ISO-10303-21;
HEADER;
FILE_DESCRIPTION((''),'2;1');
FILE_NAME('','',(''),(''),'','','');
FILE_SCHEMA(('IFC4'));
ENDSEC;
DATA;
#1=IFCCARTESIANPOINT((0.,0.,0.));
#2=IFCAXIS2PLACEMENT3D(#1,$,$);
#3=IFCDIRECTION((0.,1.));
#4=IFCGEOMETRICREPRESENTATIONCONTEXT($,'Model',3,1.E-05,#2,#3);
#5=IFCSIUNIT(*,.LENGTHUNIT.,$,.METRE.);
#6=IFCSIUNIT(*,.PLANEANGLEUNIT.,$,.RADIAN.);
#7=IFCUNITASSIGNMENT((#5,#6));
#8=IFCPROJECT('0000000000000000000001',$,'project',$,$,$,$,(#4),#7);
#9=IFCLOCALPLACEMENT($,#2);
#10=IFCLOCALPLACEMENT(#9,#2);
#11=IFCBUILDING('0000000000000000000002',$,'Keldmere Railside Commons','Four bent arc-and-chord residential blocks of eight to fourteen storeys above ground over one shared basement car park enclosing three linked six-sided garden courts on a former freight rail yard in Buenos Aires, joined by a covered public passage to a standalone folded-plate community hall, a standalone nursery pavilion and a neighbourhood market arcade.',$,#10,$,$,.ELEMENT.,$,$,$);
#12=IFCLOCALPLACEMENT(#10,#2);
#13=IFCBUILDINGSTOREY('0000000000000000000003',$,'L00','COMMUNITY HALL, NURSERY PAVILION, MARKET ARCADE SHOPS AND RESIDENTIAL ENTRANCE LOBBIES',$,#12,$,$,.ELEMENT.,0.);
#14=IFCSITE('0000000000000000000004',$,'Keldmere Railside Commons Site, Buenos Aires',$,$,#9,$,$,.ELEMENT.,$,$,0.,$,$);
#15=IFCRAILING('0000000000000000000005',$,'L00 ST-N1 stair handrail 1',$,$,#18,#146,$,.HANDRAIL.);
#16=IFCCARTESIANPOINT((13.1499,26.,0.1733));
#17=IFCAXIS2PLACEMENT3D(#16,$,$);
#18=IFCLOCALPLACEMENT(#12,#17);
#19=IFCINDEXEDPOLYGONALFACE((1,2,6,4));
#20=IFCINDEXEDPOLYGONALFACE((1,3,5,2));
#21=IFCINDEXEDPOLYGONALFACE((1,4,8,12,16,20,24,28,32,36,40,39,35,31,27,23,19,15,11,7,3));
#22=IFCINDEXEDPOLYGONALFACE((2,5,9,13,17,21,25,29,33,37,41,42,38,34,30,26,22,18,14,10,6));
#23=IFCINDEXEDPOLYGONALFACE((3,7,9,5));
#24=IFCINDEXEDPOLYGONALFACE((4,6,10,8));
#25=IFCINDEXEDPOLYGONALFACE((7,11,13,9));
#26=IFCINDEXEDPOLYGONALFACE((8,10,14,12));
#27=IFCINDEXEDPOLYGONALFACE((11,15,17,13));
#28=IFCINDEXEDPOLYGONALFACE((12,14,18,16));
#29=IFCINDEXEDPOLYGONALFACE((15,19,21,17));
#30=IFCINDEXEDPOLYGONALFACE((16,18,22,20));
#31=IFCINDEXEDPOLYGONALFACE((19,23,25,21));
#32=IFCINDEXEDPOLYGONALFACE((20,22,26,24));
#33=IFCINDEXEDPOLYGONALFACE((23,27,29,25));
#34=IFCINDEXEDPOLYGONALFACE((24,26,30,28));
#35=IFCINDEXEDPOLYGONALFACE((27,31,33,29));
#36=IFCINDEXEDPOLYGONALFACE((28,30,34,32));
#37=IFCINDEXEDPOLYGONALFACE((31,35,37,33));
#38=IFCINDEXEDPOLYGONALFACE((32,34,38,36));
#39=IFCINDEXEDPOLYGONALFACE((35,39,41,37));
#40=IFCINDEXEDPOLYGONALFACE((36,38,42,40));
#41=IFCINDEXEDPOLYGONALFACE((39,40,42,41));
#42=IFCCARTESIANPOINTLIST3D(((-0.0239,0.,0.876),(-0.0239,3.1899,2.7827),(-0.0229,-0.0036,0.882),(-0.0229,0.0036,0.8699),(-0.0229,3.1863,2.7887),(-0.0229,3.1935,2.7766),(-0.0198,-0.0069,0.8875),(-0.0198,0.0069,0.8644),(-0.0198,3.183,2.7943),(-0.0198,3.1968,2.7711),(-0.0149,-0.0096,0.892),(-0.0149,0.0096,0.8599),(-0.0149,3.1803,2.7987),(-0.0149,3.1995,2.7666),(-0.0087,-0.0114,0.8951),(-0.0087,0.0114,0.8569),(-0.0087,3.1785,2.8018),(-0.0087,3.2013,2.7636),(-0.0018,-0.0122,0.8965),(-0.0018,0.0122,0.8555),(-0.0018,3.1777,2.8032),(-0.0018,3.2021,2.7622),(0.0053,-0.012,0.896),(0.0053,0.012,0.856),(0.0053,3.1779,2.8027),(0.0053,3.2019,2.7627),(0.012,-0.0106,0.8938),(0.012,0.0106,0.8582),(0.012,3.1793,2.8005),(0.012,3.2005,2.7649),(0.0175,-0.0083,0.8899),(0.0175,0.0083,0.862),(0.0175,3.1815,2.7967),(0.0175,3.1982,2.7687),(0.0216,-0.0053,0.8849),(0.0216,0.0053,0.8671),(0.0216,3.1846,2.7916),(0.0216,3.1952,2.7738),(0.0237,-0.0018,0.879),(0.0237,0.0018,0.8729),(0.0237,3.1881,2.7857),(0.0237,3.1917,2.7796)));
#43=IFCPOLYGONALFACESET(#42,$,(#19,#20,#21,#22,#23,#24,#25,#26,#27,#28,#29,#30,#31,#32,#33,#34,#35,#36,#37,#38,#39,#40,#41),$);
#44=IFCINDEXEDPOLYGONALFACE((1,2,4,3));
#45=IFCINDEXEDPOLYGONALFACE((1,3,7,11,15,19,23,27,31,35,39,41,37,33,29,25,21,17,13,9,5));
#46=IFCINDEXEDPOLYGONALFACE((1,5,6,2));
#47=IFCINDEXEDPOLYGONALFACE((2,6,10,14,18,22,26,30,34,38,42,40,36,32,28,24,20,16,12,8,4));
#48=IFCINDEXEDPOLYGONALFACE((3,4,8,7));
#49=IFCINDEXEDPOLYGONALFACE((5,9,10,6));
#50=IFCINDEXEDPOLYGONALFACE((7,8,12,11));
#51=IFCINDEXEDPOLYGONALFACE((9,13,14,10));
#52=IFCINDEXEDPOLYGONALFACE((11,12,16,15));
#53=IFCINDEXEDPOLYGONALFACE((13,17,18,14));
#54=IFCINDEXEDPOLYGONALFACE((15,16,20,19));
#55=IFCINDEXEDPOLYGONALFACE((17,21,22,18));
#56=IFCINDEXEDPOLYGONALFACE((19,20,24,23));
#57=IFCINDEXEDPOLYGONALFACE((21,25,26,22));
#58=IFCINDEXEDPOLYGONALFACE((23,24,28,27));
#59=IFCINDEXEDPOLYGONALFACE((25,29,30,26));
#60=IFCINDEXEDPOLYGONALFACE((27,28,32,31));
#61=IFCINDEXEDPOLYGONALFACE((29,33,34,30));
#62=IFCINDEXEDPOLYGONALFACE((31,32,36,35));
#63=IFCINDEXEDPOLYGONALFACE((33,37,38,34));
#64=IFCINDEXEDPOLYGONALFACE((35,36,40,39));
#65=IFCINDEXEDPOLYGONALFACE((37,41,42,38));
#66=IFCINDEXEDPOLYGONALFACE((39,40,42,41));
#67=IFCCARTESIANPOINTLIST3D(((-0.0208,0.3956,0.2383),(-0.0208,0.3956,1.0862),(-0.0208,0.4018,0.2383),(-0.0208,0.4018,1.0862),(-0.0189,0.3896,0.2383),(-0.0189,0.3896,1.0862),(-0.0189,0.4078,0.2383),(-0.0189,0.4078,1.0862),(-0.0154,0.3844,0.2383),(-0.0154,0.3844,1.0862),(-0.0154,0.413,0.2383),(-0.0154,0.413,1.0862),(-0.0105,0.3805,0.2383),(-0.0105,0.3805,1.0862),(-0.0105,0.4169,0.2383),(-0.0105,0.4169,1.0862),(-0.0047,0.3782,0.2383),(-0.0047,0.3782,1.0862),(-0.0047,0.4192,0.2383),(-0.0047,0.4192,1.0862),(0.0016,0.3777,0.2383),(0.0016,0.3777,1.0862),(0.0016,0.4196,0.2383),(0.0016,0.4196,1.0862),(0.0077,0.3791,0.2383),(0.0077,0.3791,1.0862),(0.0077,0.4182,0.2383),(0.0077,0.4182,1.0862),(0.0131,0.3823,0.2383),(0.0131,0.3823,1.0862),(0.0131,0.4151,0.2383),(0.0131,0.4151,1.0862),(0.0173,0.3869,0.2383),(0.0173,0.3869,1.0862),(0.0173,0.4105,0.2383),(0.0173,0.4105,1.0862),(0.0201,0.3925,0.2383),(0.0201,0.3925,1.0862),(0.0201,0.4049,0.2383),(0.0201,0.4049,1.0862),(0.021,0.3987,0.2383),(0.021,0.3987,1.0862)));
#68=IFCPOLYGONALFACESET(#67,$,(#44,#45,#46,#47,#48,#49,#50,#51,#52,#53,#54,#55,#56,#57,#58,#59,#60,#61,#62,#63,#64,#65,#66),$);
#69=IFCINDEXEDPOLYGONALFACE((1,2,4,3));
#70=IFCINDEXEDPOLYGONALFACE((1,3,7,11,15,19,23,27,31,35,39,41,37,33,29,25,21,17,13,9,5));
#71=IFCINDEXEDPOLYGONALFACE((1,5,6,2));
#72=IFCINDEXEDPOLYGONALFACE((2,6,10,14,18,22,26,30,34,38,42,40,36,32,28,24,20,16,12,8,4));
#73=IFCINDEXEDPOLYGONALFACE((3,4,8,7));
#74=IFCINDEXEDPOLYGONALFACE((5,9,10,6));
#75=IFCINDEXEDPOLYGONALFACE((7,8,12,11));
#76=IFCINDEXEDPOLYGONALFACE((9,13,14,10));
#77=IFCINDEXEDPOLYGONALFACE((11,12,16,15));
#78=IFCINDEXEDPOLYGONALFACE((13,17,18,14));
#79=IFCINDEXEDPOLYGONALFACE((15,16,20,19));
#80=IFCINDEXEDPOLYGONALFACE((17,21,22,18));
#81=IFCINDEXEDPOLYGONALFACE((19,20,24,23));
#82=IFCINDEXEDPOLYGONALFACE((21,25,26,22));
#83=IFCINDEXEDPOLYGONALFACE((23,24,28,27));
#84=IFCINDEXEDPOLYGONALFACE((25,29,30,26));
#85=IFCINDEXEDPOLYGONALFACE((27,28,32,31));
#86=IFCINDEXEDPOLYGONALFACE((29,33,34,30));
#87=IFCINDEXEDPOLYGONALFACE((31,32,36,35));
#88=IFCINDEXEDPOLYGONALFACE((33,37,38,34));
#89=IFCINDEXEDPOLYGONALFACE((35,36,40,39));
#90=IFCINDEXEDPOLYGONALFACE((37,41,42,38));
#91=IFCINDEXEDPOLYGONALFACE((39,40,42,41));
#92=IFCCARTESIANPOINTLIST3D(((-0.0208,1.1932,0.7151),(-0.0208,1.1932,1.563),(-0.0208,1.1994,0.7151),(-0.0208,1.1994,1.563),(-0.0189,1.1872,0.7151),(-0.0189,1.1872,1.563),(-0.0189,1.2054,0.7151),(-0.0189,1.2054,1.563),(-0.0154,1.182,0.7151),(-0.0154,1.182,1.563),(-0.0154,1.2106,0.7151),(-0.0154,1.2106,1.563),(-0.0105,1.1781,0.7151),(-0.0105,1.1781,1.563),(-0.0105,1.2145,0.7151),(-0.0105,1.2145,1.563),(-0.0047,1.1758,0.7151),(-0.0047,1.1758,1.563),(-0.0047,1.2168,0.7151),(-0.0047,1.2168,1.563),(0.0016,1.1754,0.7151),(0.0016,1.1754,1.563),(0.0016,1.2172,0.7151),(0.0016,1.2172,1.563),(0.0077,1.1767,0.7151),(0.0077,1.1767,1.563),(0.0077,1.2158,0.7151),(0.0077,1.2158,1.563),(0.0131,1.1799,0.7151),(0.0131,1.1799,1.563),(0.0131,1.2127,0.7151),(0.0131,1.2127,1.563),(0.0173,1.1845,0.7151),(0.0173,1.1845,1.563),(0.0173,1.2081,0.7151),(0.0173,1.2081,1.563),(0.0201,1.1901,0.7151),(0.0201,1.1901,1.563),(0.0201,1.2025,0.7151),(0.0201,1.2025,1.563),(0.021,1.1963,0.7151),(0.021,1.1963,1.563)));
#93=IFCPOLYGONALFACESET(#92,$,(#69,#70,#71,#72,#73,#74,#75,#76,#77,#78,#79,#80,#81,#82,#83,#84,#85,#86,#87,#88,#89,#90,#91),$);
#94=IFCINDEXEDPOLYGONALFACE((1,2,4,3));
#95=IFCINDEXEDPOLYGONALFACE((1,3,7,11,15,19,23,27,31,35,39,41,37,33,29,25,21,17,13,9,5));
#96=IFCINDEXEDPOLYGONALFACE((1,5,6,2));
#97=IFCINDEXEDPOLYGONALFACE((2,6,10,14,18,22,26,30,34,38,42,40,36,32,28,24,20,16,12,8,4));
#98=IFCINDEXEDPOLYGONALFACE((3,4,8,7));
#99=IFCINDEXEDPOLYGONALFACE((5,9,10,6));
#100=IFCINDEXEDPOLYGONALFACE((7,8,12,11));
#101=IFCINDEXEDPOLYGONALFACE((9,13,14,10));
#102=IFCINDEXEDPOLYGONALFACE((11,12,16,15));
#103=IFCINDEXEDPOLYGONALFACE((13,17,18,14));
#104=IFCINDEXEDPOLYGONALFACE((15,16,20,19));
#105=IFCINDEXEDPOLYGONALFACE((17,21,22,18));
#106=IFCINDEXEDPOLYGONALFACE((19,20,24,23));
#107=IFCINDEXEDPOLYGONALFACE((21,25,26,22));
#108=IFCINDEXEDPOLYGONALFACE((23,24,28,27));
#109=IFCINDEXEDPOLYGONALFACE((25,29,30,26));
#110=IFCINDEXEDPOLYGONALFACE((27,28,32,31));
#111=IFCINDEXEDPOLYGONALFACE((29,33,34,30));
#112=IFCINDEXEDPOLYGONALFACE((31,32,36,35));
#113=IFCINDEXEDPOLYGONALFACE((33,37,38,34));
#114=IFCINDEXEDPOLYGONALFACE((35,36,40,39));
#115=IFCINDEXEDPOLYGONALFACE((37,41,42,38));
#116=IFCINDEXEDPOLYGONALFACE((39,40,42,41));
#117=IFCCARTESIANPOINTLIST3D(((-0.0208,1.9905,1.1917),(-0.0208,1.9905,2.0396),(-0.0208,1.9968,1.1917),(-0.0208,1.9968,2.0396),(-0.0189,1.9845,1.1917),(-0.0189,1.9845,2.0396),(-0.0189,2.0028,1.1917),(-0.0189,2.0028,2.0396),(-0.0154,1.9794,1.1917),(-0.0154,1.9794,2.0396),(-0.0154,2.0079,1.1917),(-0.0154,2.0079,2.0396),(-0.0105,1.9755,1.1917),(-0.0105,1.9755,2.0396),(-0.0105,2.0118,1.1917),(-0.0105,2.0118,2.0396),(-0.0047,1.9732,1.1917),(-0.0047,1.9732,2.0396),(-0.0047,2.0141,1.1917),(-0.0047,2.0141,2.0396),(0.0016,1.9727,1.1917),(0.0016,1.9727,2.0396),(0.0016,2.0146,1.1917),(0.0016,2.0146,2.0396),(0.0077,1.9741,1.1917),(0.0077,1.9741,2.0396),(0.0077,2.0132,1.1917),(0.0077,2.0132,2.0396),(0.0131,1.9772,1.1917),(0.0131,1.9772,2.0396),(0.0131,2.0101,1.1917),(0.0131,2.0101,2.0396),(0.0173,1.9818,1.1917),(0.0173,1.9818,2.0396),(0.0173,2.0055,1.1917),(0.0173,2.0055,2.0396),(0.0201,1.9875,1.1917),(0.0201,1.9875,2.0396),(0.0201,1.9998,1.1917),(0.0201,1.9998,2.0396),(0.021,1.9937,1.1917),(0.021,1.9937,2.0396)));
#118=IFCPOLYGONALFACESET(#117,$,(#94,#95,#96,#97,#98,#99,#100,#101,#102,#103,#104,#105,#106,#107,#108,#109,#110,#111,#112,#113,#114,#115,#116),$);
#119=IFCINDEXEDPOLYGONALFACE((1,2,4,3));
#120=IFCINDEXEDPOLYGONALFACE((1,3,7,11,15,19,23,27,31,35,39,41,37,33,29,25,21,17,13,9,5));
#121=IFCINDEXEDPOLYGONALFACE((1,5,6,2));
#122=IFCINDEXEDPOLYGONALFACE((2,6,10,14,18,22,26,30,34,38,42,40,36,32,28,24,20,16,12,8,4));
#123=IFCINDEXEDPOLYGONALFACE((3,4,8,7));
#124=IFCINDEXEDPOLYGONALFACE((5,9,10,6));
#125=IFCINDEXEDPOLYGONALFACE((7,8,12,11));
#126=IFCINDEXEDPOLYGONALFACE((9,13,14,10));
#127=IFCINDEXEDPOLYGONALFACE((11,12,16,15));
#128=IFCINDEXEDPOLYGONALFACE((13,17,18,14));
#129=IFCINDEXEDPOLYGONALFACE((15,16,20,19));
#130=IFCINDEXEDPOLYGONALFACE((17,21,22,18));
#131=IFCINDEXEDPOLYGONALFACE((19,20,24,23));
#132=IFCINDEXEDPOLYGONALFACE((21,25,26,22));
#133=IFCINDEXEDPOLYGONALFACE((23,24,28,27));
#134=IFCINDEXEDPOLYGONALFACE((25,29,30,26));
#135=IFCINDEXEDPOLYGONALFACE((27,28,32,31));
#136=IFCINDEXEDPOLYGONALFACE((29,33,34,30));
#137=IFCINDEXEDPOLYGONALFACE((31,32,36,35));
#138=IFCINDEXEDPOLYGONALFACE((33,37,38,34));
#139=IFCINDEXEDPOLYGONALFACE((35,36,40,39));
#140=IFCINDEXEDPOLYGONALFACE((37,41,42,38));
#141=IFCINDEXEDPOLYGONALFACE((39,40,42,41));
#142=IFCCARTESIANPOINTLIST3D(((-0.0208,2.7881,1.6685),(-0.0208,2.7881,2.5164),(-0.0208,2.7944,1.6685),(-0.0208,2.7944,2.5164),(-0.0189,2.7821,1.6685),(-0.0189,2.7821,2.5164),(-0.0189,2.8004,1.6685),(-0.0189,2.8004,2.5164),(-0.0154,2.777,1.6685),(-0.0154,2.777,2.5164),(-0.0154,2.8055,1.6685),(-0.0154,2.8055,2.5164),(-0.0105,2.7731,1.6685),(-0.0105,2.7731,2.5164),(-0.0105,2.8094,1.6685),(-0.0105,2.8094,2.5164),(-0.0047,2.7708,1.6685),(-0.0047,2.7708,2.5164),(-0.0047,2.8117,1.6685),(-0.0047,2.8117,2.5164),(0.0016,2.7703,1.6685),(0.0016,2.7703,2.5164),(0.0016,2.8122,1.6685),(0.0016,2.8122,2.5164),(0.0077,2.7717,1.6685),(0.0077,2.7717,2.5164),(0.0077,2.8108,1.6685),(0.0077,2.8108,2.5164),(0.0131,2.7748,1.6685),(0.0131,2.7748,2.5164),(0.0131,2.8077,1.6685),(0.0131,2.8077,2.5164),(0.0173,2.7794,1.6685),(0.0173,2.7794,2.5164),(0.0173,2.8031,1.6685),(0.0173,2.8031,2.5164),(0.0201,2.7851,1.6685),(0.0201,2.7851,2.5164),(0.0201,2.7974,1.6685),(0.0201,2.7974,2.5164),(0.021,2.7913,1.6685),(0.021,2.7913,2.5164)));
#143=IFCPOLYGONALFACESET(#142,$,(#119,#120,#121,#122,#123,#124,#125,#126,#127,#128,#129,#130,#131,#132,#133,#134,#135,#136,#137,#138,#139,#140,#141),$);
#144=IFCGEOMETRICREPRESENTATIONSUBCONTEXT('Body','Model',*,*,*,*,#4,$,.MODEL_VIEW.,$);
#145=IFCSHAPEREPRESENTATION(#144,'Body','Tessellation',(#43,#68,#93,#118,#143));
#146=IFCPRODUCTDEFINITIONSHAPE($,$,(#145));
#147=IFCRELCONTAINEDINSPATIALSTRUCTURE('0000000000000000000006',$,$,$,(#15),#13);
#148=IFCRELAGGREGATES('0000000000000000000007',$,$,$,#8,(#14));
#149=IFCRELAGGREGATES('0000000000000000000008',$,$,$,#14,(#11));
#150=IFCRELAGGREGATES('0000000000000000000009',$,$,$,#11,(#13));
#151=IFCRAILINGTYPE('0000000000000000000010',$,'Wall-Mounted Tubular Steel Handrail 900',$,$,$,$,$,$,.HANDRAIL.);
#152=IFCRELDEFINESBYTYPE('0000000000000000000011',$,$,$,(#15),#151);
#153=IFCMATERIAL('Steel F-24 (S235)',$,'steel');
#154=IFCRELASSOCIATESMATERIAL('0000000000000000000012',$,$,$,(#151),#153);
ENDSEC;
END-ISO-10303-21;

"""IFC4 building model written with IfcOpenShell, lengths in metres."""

from ifc_helpers import new_model, si_unit, direction, frame, origin, origin_2d, place, context, subcontext, project, spatial, circle, extrude, material, type_object, element, save


model = new_model("IFC4")

# Units and contexts
model_context = context("Model", 3, precision=1e-05, world=origin(), true_north=direction((0.0, 1.0)))
body_context = subcontext(model_context, "Body", "Model", "MODEL_VIEW")
ifc_project = project(units=[si_unit("LENGTHUNIT", "METRE"), si_unit("PLANEANGLEUNIT", "RADIAN")], contexts=[model_context])

# Site, building, storey
site_placement = place(None, origin())
site = spatial("IfcSite", under=ifc_project, at=site_placement, Name="Keldmere Railside Commons Site, Buenos Aires", CompositionType="ELEMENT", RefElevation=0.0)
building_placement = place(site_placement, origin())
building = spatial("IfcBuilding", under=site, at=building_placement, Name="Keldmere Railside Commons", Description="Four bent arc-and-chord residential blocks of eight to fourteen storeys above ground over one shared basement car park enclosing three linked six-sided garden courts on a former freight rail yard in Buenos Aires, joined by a covered public passage to a standalone folded-plate community hall, a standalone nursery pavilion and a neighbourhood market arcade.", CompositionType="ELEMENT")
storey_placement = place(building_placement, origin())
storey = spatial("IfcBuildingStorey", under=building, at=storey_placement, Name="L00", Description="COMMUNITY HALL, NURSERY PAVILION, MARKET ARCADE SHOPS AND RESIDENTIAL ENTRANCE LOBBIES", CompositionType="ELEMENT", Elevation=0.0)

# Shared definitions
ifc_material_1 = material(Name="Steel F-24 (S235)", Category="steel")

# Railing
railing_type_1 = type_object("IfcRailingType", Name="Wall-Mounted Tubular Steel Handrail 900", PredefinedType="HANDRAIL", material=ifc_material_1)
railing_1_placement = place(storey_placement, frame((13.1499, 26.0, 0.1733)))
element("IfcRailing", 1, at=railing_1_placement, inside=storey, type_object=railing_type_1, Name="L00 ST-N1 stair handrail 1", PredefinedType="HANDRAIL", context=body_context, shape_type="SweptSolid", body=[
    extrude(circle(Radius=0.0239, at=origin_2d()), frame((0.0, 0.0, 0.876), z_axis=(0.0, 0.85835, 0.513065), x_axis=(-1.0, 0.0, 0.0)), (0.0, 0.0, 1.0), 3.7163),
    extrude(circle(Radius=0.021, at=origin_2d()), frame((0.0, 0.3987, 0.2383)), (0.0, 0.0, 1.0), 0.8479),
    extrude(circle(Radius=0.021, at=origin_2d()), frame((0.0, 1.1963, 0.7151)), (0.0, 0.0, 1.0), 0.8479),
    extrude(circle(Radius=0.021, at=origin_2d()), frame((0.0, 1.9937, 1.1917)), (0.0, 0.0, 1.0), 0.8479),
    extrude(circle(Radius=0.021, at=origin_2d()), frame((0.0, 2.7913, 1.6685)), (0.0, 0.0, 1.0), 0.8479),
])

save(model, "model.ifc")
